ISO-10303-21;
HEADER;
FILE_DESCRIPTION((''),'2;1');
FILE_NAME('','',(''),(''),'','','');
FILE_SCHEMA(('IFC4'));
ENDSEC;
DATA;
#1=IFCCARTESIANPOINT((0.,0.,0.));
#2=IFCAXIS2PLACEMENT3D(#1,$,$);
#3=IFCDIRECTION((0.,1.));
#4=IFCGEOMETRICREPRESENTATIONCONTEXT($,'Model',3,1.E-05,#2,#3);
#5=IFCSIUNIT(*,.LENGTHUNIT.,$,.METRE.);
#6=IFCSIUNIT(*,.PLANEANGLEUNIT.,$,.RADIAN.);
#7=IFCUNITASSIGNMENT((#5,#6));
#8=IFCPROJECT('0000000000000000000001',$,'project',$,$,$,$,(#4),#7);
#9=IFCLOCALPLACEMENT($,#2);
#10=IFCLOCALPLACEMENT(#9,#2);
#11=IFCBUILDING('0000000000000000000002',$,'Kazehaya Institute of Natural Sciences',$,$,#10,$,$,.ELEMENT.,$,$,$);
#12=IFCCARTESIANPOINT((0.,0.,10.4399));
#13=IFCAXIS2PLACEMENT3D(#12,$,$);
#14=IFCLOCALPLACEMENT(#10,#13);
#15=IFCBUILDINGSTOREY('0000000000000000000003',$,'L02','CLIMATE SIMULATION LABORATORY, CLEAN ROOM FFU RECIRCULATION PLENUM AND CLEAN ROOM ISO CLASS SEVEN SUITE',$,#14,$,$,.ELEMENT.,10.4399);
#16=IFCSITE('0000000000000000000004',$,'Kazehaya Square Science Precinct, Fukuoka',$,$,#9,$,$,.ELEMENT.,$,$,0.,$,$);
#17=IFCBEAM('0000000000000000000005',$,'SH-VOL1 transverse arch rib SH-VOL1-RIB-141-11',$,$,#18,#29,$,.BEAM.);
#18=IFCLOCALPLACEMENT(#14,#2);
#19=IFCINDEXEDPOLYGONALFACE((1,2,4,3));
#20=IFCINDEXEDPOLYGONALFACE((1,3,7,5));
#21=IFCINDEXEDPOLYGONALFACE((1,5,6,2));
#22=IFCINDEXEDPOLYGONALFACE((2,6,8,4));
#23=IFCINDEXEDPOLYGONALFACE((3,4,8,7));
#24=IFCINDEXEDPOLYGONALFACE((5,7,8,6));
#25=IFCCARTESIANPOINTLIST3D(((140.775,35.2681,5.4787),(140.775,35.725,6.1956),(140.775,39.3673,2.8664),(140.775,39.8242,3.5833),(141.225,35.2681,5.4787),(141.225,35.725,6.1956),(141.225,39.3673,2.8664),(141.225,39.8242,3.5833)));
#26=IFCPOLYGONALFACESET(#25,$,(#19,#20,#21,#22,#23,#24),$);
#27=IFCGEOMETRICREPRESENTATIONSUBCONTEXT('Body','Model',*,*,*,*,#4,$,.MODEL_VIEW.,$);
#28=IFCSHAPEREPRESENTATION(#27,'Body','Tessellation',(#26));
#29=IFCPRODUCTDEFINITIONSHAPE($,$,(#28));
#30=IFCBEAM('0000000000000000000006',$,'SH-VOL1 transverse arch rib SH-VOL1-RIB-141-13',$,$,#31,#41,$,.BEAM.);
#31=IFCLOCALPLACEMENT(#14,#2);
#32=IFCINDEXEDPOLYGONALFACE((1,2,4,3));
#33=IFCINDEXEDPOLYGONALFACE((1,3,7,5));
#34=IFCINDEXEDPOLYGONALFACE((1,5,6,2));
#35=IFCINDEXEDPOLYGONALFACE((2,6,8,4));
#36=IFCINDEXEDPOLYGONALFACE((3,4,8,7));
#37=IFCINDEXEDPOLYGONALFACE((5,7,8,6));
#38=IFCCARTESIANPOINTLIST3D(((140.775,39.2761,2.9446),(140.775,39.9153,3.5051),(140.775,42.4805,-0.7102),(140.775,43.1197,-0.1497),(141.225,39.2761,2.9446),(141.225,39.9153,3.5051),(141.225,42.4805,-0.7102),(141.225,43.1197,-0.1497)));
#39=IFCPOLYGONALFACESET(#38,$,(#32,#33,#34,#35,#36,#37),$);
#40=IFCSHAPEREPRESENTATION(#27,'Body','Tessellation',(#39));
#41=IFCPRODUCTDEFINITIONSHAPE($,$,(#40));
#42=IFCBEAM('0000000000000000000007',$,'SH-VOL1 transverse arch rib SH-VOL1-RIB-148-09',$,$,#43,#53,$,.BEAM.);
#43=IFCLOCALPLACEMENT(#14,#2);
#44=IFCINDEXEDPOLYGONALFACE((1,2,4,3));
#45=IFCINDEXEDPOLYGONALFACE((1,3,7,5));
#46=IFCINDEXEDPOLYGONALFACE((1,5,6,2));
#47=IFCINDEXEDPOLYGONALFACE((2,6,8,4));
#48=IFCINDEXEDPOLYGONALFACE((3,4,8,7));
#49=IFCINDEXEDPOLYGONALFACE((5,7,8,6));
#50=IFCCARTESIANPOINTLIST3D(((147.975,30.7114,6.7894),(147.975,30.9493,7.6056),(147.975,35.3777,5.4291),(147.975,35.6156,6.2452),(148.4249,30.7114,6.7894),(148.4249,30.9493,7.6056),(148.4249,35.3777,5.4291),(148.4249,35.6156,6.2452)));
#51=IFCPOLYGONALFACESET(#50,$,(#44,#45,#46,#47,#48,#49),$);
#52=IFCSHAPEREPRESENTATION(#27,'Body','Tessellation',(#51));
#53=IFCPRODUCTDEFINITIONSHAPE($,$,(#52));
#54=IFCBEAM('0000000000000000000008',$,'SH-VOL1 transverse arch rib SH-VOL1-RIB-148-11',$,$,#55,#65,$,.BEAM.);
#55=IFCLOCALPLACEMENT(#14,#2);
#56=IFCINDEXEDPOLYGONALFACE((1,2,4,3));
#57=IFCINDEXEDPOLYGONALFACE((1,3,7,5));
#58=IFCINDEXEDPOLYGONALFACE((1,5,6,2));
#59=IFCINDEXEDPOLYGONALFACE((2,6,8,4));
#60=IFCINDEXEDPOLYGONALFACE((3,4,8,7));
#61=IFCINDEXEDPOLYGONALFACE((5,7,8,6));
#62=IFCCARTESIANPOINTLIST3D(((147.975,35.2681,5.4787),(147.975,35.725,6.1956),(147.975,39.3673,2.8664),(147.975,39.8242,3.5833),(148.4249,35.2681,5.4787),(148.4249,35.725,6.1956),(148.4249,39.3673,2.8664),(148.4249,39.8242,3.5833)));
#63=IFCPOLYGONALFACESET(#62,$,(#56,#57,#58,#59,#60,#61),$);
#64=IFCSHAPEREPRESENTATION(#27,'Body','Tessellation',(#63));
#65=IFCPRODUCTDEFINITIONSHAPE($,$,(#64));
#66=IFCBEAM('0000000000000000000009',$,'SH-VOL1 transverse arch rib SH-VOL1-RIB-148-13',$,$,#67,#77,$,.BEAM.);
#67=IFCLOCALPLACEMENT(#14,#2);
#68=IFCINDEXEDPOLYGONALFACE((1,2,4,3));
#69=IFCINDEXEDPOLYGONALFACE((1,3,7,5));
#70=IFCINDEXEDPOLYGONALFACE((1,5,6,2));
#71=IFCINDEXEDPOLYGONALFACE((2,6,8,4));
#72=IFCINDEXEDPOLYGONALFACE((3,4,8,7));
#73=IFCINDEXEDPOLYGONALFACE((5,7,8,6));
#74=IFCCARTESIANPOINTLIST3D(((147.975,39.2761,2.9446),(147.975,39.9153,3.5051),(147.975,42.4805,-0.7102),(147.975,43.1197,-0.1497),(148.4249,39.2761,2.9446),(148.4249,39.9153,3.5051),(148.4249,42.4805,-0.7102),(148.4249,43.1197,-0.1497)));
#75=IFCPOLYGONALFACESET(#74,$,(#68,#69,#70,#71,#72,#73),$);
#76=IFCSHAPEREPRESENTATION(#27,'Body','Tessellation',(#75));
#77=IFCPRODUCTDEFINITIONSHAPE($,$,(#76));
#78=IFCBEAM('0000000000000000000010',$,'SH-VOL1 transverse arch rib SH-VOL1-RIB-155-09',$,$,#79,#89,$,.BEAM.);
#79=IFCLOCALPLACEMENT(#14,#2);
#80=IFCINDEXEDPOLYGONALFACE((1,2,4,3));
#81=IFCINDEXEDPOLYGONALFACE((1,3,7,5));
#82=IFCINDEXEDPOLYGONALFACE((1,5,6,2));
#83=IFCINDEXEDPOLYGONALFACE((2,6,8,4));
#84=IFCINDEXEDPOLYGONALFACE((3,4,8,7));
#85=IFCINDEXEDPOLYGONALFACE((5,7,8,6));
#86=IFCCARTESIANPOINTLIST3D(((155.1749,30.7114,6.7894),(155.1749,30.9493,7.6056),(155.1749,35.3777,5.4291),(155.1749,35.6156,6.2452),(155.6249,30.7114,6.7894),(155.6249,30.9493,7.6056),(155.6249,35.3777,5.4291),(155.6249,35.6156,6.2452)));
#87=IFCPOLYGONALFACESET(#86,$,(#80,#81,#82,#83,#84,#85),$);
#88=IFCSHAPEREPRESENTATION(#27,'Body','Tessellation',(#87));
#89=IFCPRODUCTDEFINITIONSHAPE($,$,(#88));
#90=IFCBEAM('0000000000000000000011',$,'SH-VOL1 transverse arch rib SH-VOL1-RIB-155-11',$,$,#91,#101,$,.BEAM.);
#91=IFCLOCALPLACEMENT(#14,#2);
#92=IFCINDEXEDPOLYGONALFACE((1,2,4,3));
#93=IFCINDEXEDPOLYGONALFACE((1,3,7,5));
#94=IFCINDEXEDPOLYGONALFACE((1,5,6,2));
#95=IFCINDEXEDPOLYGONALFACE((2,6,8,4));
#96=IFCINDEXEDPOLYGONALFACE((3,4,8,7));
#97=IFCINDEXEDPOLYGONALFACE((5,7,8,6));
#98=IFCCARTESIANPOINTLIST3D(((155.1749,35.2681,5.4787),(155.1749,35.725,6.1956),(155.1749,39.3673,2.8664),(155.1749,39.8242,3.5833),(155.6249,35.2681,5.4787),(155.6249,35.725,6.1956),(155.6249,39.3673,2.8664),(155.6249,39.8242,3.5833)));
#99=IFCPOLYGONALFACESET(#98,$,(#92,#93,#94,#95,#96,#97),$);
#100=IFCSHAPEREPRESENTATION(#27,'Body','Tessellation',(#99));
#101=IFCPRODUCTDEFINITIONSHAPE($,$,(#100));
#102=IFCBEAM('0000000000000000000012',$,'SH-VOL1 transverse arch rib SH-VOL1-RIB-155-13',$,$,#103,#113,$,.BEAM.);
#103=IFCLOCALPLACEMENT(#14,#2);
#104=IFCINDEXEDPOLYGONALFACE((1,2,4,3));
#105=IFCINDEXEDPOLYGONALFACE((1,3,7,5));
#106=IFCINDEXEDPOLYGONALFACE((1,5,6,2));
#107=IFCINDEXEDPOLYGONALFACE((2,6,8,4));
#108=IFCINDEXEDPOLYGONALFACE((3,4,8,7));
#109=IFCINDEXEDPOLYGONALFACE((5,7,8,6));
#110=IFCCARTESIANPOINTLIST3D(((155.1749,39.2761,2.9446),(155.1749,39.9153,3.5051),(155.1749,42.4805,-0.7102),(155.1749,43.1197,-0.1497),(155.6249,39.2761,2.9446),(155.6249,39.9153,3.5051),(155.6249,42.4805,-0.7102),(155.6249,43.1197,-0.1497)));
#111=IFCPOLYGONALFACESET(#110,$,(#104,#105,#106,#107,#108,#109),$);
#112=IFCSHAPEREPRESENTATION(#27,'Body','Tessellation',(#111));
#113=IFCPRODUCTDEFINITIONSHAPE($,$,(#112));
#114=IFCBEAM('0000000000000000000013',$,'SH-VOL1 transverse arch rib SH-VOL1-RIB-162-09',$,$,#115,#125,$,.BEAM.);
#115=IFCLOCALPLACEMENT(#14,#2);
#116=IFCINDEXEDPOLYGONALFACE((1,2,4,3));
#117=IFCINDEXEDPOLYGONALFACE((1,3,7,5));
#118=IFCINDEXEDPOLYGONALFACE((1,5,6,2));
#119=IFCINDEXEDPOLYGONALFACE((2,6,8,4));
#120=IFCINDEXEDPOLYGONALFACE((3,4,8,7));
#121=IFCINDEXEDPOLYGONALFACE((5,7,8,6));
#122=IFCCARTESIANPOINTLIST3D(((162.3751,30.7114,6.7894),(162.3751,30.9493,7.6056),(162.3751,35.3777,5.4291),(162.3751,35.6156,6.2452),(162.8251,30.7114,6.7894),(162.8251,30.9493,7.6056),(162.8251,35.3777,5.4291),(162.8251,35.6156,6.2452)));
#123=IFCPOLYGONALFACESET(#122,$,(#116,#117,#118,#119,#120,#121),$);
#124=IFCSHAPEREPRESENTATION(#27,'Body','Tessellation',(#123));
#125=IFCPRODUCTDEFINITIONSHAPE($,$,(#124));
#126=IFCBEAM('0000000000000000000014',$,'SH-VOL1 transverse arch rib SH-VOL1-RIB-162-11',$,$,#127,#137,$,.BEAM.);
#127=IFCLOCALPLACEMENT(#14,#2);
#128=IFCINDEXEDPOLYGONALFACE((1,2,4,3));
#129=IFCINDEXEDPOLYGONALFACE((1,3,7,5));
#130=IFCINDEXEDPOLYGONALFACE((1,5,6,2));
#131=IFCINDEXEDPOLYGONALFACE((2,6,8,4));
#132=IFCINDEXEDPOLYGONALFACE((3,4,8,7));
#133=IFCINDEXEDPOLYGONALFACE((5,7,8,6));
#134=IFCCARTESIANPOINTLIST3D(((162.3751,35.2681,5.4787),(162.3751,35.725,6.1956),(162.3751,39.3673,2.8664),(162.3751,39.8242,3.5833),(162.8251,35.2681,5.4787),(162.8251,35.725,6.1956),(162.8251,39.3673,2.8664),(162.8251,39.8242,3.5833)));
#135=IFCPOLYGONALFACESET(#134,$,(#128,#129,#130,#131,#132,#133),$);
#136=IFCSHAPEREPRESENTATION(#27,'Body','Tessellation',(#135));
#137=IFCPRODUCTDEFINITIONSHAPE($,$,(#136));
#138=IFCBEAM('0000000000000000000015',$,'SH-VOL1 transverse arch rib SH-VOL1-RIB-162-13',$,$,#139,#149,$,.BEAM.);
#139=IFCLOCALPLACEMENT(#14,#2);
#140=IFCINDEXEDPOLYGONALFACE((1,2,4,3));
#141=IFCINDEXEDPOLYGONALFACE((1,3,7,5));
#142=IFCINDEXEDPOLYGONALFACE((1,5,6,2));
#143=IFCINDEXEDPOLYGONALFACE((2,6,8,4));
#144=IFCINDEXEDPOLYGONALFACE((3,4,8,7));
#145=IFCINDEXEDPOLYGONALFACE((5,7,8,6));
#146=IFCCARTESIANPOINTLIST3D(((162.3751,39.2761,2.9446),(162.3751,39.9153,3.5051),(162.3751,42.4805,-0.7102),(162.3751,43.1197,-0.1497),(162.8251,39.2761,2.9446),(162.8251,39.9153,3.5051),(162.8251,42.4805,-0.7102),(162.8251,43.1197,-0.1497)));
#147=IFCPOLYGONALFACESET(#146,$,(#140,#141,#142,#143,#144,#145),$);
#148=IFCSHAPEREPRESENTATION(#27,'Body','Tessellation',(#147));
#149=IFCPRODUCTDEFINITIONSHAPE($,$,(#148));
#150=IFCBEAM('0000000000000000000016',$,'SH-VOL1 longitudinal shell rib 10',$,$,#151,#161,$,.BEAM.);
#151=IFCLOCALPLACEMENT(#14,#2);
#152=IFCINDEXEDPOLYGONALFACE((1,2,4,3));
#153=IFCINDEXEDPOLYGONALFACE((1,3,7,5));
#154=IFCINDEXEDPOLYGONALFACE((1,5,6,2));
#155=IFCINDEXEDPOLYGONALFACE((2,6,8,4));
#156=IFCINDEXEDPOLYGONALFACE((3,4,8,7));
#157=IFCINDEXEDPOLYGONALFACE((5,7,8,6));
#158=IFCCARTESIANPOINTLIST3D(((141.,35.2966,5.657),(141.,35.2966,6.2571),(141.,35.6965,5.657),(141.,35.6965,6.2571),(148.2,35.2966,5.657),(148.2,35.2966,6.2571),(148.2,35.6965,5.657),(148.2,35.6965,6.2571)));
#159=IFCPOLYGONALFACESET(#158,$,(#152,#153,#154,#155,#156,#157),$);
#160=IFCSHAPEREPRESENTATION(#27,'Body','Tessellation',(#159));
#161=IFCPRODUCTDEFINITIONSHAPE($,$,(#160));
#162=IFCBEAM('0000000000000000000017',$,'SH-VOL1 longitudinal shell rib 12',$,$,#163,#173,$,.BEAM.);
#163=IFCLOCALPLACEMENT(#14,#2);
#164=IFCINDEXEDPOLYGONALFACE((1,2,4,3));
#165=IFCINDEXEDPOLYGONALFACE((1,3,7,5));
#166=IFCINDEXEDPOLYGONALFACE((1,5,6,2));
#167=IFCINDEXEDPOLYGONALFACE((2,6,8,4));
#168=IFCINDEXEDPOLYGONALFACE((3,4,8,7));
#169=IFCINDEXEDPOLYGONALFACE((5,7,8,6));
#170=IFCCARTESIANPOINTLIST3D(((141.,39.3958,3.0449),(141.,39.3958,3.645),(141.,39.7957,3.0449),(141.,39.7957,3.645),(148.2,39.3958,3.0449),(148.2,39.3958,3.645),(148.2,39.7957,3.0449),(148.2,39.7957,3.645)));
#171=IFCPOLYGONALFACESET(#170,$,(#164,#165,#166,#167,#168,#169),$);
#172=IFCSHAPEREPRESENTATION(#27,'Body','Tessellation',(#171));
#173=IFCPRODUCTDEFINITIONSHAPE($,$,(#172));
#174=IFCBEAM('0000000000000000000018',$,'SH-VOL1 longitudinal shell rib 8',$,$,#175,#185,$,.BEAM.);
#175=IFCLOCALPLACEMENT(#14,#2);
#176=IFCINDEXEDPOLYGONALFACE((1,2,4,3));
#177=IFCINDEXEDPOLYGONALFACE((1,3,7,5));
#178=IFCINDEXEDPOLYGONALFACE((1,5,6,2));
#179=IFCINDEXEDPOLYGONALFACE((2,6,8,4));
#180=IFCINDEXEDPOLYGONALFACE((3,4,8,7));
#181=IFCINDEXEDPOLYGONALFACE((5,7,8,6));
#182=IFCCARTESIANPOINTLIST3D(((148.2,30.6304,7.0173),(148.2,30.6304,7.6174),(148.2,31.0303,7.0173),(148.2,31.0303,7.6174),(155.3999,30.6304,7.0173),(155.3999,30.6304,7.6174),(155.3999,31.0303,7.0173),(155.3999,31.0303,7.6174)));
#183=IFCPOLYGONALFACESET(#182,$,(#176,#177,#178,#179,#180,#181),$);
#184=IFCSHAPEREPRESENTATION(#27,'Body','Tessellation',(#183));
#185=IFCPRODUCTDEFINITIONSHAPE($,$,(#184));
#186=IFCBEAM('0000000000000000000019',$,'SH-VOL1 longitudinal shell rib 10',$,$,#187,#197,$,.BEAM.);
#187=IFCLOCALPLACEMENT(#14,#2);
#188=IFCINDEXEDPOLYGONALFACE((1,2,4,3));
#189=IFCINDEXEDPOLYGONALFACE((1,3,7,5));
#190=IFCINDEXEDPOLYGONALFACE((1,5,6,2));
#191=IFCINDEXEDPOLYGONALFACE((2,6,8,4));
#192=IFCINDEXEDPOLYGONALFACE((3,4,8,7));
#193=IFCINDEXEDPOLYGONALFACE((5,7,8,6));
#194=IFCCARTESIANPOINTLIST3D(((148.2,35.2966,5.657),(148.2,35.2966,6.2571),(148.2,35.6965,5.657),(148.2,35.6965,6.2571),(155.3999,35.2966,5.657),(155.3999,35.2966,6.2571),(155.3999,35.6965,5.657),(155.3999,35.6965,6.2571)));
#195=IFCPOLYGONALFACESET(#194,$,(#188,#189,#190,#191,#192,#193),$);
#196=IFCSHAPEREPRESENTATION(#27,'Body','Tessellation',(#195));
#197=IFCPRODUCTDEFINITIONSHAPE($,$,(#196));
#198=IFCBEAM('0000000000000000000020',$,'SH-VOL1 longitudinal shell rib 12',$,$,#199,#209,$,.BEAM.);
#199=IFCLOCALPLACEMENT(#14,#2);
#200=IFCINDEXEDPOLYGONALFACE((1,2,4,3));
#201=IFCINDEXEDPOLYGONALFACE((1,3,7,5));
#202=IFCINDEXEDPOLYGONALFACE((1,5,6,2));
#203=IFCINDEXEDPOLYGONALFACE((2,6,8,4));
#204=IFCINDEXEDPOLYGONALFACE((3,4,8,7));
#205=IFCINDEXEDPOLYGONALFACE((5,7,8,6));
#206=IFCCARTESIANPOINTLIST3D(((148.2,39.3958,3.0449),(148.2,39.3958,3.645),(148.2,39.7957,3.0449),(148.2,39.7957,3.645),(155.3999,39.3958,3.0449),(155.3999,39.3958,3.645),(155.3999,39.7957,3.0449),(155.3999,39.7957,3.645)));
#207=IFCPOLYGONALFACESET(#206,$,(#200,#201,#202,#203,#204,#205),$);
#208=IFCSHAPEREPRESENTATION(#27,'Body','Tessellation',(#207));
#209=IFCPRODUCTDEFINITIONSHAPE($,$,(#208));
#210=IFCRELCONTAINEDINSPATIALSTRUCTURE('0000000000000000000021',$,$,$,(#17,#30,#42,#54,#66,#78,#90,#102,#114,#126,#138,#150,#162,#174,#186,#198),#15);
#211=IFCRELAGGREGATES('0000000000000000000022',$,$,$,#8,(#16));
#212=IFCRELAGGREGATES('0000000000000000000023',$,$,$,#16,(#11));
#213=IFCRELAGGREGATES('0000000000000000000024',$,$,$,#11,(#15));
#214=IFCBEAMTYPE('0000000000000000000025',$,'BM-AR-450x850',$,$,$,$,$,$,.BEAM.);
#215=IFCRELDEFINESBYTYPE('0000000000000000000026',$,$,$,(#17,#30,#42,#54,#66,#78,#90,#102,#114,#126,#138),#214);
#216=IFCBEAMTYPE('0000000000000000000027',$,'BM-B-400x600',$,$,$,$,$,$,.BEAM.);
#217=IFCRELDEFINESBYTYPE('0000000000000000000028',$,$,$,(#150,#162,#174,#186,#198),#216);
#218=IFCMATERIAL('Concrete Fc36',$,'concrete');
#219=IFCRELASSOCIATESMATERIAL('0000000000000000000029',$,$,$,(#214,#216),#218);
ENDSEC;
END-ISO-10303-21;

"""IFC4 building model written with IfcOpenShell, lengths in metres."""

from ifc_helpers import new_model, si_unit, direction, frame, origin, origin_2d, place, context, subcontext, project, spatial, rectangle, extrude, material, material_profile, profile_set, type_object, element, save


model = new_model("IFC4")

# Units and contexts
model_context = context("Model", 3, precision=1e-05, world=origin(), true_north=direction((0.0, 1.0)))
body_context = subcontext(model_context, "Body", "Model", "MODEL_VIEW")
ifc_project = project(units=[si_unit("LENGTHUNIT", "METRE"), si_unit("PLANEANGLEUNIT", "RADIAN")], contexts=[model_context])

# Site, building, storey
site_placement = place(None, origin())
site = spatial("IfcSite", under=ifc_project, at=site_placement, Name="Kazehaya Square Science Precinct, Fukuoka", CompositionType="ELEMENT", RefElevation=0.0)
building_placement = place(site_placement, origin())
building = spatial("IfcBuilding", under=site, at=building_placement, Name="Kazehaya Institute of Natural Sciences", CompositionType="ELEMENT")
storey_placement = place(building_placement, frame((0.0, 0.0, 10.4399)))
storey = spatial("IfcBuildingStorey", under=building, at=storey_placement, Name="L02", Description="CLIMATE SIMULATION LABORATORY, CLEAN ROOM FFU RECIRCULATION PLENUM AND CLEAN ROOM ISO CLASS SEVEN SUITE", CompositionType="ELEMENT", Elevation=10.4399)

# Beams
ifc_material = material(Name="Concrete Fc36", Category="concrete")
ifc_material_profile_1 = material_profile(ifc_material, rectangle(XDim=0.45, YDim=0.8501, at=origin_2d()), Name="RC-450x850")
ifc_profile_set_1 = profile_set([ifc_material_profile_1], Name="Concrete Fc36")
beam_type_1 = type_object("IfcBeamType", Name="BM-AR-450x850", PredefinedType="BEAM", material=ifc_profile_set_1)
beam_1_placement = place(storey_placement, frame((141.0, 35.4966, 5.8372), z_axis=(0.0, 0.84331, -0.537428), x_axis=(-1.0, 0.0, 0.0)))
element("IfcBeam", 1, at=beam_1_placement, inside=storey, type_object=beam_type_1, Name="SH-VOL1 transverse arch rib SH-VOL1-RIB-141-11", PredefinedType="BEAM", context=body_context, shape_type="SweptSolid", body=[
    extrude(rectangle(XDim=0.45, YDim=0.8501, at=origin_2d()), origin(), (0.0, 0.0, 1.0), 4.8608),
])
for number, where, z_axis, x_axis, name in (
    (2, (141.0, 39.5957, 3.2249), (0.0, 0.659251, -0.751923), (-1.0, 0.0, 0.0), "SH-VOL1 transverse arch rib SH-VOL1-RIB-141-13"),
    (3, (148.2, 30.8303, 7.1975), (0.0, 0.960035, -0.279878), (-1.0, 0.0, 0.0), "SH-VOL1 transverse arch rib SH-VOL1-RIB-148-09"),
):
    element("IfcBeam", number, at=place(storey_placement, frame(where, z_axis=z_axis, x_axis=x_axis)), inside=storey, type_object=beam_type_1, Name=name, PredefinedType="BEAM", context=body_context, shape_type="SweptSolid", body=[
        extrude(rectangle(XDim=0.45, YDim=0.8501, at=origin_2d()), origin(), (0.0, 0.0, 1.0), 4.8606),
    ])
beam_2_placement = place(storey_placement, frame((148.2, 35.4966, 5.8372), z_axis=(0.0, 0.84331, -0.537428), x_axis=(-1.0, 0.0, 0.0)))
element("IfcBeam", 4, at=beam_2_placement, inside=storey, type_object=beam_type_1, Name="SH-VOL1 transverse arch rib SH-VOL1-RIB-148-11", PredefinedType="BEAM", context=body_context, shape_type="SweptSolid", body=[
    extrude(rectangle(XDim=0.45, YDim=0.8501, at=origin_2d()), origin(), (0.0, 0.0, 1.0), 4.8608),
])
for number, where, z_axis, x_axis, name in (
    (5, (148.2, 39.5957, 3.2249), (0.0, 0.659251, -0.751923), (-1.0, 0.0, 0.0), "SH-VOL1 transverse arch rib SH-VOL1-RIB-148-13"),
    (6, (155.3999, 30.8303, 7.1975), (0.0, 0.960035, -0.279878), (-1.0, 0.0, 0.0), "SH-VOL1 transverse arch rib SH-VOL1-RIB-155-09"),
):
    element("IfcBeam", number, at=place(storey_placement, frame(where, z_axis=z_axis, x_axis=x_axis)), inside=storey, type_object=beam_type_1, Name=name, PredefinedType="BEAM", context=body_context, shape_type="SweptSolid", body=[
        extrude(rectangle(XDim=0.45, YDim=0.8501, at=origin_2d()), origin(), (0.0, 0.0, 1.0), 4.8606),
    ])
beam_3_placement = place(storey_placement, frame((155.3999, 35.4966, 5.8372), z_axis=(0.0, 0.84331, -0.537428), x_axis=(-1.0, 0.0, 0.0)))
element("IfcBeam", 7, at=beam_3_placement, inside=storey, type_object=beam_type_1, Name="SH-VOL1 transverse arch rib SH-VOL1-RIB-155-11", PredefinedType="BEAM", context=body_context, shape_type="SweptSolid", body=[
    extrude(rectangle(XDim=0.45, YDim=0.8501, at=origin_2d()), origin(), (0.0, 0.0, 1.0), 4.8608),
])
for number, where, z_axis, x_axis, name in (
    (8, (155.3999, 39.5957, 3.2249), (0.0, 0.659251, -0.751923), (-1.0, 0.0, 0.0), "SH-VOL1 transverse arch rib SH-VOL1-RIB-155-13"),
    (9, (162.6001, 30.8303, 7.1975), (0.0, 0.960035, -0.279878), (-1.0, 0.0, 0.0), "SH-VOL1 transverse arch rib SH-VOL1-RIB-162-09"),
):
    element("IfcBeam", number, at=place(storey_placement, frame(where, z_axis=z_axis, x_axis=x_axis)), inside=storey, type_object=beam_type_1, Name=name, PredefinedType="BEAM", context=body_context, shape_type="SweptSolid", body=[
        extrude(rectangle(XDim=0.45, YDim=0.8501, at=origin_2d()), origin(), (0.0, 0.0, 1.0), 4.8606),
    ])
beam_4_placement = place(storey_placement, frame((162.6001, 35.4966, 5.8372), z_axis=(0.0, 0.84331, -0.537428), x_axis=(-1.0, 0.0, 0.0)))
element("IfcBeam", 10, at=beam_4_placement, inside=storey, type_object=beam_type_1, Name="SH-VOL1 transverse arch rib SH-VOL1-RIB-162-11", PredefinedType="BEAM", context=body_context, shape_type="SweptSolid", body=[
    extrude(rectangle(XDim=0.45, YDim=0.8501, at=origin_2d()), origin(), (0.0, 0.0, 1.0), 4.8608),
])
beam_5_placement = place(storey_placement, frame((162.6001, 39.5957, 3.2249), z_axis=(0.0, 0.659251, -0.751923), x_axis=(-1.0, 0.0, 0.0)))
element("IfcBeam", 11, at=beam_5_placement, inside=storey, type_object=beam_type_1, Name="SH-VOL1 transverse arch rib SH-VOL1-RIB-162-13", PredefinedType="BEAM", context=body_context, shape_type="SweptSolid", body=[
    extrude(rectangle(XDim=0.45, YDim=0.8501, at=origin_2d()), origin(), (0.0, 0.0, 1.0), 4.8606),
])
ifc_material_profile_2 = material_profile(ifc_material, rectangle(XDim=0.3999, YDim=0.6001, at=origin_2d()), Name="RC-400x600")
ifc_profile_set_2 = profile_set([ifc_material_profile_2], Name="Concrete Fc36")
beam_type_2 = type_object("IfcBeamType", Name="BM-B-400x600", PredefinedType="BEAM", material=ifc_profile_set_2)
for number, where, z_axis, x_axis, name in (
    (12, (141.0, 35.4966, 5.957), (1.0, 0.0, 0.0), (0.0, 1.0, 0.0), "SH-VOL1 longitudinal shell rib 10"),
    (13, (141.0, 39.5957, 3.345), (1.0, 0.0, 0.0), (0.0, 1.0, 0.0), "SH-VOL1 longitudinal shell rib 12"),
    (14, (148.2, 30.8303, 7.3174), (1.0, 0.0, 0.0), (0.0, 1.0, 0.0), "SH-VOL1 longitudinal shell rib 8"),
    (15, (148.2, 35.4966, 5.957), (1.0, 0.0, 0.0), (0.0, 1.0, 0.0), "SH-VOL1 longitudinal shell rib 10"),
    (16, (148.2, 39.5957, 3.345), (1.0, 0.0, 0.0), (0.0, 1.0, 0.0), "SH-VOL1 longitudinal shell rib 12"),
):
    element("IfcBeam", number, at=place(storey_placement, frame(where, z_axis=z_axis, x_axis=x_axis)), inside=storey, type_object=beam_type_2, Name=name, PredefinedType="BEAM", context=body_context, shape_type="SweptSolid", body=[
        extrude(rectangle(XDim=0.3999, YDim=0.6001, at=origin_2d()), origin(), (0.0, 0.0, 1.0), 7.2),
    ])

save(model, "model.ifc")
